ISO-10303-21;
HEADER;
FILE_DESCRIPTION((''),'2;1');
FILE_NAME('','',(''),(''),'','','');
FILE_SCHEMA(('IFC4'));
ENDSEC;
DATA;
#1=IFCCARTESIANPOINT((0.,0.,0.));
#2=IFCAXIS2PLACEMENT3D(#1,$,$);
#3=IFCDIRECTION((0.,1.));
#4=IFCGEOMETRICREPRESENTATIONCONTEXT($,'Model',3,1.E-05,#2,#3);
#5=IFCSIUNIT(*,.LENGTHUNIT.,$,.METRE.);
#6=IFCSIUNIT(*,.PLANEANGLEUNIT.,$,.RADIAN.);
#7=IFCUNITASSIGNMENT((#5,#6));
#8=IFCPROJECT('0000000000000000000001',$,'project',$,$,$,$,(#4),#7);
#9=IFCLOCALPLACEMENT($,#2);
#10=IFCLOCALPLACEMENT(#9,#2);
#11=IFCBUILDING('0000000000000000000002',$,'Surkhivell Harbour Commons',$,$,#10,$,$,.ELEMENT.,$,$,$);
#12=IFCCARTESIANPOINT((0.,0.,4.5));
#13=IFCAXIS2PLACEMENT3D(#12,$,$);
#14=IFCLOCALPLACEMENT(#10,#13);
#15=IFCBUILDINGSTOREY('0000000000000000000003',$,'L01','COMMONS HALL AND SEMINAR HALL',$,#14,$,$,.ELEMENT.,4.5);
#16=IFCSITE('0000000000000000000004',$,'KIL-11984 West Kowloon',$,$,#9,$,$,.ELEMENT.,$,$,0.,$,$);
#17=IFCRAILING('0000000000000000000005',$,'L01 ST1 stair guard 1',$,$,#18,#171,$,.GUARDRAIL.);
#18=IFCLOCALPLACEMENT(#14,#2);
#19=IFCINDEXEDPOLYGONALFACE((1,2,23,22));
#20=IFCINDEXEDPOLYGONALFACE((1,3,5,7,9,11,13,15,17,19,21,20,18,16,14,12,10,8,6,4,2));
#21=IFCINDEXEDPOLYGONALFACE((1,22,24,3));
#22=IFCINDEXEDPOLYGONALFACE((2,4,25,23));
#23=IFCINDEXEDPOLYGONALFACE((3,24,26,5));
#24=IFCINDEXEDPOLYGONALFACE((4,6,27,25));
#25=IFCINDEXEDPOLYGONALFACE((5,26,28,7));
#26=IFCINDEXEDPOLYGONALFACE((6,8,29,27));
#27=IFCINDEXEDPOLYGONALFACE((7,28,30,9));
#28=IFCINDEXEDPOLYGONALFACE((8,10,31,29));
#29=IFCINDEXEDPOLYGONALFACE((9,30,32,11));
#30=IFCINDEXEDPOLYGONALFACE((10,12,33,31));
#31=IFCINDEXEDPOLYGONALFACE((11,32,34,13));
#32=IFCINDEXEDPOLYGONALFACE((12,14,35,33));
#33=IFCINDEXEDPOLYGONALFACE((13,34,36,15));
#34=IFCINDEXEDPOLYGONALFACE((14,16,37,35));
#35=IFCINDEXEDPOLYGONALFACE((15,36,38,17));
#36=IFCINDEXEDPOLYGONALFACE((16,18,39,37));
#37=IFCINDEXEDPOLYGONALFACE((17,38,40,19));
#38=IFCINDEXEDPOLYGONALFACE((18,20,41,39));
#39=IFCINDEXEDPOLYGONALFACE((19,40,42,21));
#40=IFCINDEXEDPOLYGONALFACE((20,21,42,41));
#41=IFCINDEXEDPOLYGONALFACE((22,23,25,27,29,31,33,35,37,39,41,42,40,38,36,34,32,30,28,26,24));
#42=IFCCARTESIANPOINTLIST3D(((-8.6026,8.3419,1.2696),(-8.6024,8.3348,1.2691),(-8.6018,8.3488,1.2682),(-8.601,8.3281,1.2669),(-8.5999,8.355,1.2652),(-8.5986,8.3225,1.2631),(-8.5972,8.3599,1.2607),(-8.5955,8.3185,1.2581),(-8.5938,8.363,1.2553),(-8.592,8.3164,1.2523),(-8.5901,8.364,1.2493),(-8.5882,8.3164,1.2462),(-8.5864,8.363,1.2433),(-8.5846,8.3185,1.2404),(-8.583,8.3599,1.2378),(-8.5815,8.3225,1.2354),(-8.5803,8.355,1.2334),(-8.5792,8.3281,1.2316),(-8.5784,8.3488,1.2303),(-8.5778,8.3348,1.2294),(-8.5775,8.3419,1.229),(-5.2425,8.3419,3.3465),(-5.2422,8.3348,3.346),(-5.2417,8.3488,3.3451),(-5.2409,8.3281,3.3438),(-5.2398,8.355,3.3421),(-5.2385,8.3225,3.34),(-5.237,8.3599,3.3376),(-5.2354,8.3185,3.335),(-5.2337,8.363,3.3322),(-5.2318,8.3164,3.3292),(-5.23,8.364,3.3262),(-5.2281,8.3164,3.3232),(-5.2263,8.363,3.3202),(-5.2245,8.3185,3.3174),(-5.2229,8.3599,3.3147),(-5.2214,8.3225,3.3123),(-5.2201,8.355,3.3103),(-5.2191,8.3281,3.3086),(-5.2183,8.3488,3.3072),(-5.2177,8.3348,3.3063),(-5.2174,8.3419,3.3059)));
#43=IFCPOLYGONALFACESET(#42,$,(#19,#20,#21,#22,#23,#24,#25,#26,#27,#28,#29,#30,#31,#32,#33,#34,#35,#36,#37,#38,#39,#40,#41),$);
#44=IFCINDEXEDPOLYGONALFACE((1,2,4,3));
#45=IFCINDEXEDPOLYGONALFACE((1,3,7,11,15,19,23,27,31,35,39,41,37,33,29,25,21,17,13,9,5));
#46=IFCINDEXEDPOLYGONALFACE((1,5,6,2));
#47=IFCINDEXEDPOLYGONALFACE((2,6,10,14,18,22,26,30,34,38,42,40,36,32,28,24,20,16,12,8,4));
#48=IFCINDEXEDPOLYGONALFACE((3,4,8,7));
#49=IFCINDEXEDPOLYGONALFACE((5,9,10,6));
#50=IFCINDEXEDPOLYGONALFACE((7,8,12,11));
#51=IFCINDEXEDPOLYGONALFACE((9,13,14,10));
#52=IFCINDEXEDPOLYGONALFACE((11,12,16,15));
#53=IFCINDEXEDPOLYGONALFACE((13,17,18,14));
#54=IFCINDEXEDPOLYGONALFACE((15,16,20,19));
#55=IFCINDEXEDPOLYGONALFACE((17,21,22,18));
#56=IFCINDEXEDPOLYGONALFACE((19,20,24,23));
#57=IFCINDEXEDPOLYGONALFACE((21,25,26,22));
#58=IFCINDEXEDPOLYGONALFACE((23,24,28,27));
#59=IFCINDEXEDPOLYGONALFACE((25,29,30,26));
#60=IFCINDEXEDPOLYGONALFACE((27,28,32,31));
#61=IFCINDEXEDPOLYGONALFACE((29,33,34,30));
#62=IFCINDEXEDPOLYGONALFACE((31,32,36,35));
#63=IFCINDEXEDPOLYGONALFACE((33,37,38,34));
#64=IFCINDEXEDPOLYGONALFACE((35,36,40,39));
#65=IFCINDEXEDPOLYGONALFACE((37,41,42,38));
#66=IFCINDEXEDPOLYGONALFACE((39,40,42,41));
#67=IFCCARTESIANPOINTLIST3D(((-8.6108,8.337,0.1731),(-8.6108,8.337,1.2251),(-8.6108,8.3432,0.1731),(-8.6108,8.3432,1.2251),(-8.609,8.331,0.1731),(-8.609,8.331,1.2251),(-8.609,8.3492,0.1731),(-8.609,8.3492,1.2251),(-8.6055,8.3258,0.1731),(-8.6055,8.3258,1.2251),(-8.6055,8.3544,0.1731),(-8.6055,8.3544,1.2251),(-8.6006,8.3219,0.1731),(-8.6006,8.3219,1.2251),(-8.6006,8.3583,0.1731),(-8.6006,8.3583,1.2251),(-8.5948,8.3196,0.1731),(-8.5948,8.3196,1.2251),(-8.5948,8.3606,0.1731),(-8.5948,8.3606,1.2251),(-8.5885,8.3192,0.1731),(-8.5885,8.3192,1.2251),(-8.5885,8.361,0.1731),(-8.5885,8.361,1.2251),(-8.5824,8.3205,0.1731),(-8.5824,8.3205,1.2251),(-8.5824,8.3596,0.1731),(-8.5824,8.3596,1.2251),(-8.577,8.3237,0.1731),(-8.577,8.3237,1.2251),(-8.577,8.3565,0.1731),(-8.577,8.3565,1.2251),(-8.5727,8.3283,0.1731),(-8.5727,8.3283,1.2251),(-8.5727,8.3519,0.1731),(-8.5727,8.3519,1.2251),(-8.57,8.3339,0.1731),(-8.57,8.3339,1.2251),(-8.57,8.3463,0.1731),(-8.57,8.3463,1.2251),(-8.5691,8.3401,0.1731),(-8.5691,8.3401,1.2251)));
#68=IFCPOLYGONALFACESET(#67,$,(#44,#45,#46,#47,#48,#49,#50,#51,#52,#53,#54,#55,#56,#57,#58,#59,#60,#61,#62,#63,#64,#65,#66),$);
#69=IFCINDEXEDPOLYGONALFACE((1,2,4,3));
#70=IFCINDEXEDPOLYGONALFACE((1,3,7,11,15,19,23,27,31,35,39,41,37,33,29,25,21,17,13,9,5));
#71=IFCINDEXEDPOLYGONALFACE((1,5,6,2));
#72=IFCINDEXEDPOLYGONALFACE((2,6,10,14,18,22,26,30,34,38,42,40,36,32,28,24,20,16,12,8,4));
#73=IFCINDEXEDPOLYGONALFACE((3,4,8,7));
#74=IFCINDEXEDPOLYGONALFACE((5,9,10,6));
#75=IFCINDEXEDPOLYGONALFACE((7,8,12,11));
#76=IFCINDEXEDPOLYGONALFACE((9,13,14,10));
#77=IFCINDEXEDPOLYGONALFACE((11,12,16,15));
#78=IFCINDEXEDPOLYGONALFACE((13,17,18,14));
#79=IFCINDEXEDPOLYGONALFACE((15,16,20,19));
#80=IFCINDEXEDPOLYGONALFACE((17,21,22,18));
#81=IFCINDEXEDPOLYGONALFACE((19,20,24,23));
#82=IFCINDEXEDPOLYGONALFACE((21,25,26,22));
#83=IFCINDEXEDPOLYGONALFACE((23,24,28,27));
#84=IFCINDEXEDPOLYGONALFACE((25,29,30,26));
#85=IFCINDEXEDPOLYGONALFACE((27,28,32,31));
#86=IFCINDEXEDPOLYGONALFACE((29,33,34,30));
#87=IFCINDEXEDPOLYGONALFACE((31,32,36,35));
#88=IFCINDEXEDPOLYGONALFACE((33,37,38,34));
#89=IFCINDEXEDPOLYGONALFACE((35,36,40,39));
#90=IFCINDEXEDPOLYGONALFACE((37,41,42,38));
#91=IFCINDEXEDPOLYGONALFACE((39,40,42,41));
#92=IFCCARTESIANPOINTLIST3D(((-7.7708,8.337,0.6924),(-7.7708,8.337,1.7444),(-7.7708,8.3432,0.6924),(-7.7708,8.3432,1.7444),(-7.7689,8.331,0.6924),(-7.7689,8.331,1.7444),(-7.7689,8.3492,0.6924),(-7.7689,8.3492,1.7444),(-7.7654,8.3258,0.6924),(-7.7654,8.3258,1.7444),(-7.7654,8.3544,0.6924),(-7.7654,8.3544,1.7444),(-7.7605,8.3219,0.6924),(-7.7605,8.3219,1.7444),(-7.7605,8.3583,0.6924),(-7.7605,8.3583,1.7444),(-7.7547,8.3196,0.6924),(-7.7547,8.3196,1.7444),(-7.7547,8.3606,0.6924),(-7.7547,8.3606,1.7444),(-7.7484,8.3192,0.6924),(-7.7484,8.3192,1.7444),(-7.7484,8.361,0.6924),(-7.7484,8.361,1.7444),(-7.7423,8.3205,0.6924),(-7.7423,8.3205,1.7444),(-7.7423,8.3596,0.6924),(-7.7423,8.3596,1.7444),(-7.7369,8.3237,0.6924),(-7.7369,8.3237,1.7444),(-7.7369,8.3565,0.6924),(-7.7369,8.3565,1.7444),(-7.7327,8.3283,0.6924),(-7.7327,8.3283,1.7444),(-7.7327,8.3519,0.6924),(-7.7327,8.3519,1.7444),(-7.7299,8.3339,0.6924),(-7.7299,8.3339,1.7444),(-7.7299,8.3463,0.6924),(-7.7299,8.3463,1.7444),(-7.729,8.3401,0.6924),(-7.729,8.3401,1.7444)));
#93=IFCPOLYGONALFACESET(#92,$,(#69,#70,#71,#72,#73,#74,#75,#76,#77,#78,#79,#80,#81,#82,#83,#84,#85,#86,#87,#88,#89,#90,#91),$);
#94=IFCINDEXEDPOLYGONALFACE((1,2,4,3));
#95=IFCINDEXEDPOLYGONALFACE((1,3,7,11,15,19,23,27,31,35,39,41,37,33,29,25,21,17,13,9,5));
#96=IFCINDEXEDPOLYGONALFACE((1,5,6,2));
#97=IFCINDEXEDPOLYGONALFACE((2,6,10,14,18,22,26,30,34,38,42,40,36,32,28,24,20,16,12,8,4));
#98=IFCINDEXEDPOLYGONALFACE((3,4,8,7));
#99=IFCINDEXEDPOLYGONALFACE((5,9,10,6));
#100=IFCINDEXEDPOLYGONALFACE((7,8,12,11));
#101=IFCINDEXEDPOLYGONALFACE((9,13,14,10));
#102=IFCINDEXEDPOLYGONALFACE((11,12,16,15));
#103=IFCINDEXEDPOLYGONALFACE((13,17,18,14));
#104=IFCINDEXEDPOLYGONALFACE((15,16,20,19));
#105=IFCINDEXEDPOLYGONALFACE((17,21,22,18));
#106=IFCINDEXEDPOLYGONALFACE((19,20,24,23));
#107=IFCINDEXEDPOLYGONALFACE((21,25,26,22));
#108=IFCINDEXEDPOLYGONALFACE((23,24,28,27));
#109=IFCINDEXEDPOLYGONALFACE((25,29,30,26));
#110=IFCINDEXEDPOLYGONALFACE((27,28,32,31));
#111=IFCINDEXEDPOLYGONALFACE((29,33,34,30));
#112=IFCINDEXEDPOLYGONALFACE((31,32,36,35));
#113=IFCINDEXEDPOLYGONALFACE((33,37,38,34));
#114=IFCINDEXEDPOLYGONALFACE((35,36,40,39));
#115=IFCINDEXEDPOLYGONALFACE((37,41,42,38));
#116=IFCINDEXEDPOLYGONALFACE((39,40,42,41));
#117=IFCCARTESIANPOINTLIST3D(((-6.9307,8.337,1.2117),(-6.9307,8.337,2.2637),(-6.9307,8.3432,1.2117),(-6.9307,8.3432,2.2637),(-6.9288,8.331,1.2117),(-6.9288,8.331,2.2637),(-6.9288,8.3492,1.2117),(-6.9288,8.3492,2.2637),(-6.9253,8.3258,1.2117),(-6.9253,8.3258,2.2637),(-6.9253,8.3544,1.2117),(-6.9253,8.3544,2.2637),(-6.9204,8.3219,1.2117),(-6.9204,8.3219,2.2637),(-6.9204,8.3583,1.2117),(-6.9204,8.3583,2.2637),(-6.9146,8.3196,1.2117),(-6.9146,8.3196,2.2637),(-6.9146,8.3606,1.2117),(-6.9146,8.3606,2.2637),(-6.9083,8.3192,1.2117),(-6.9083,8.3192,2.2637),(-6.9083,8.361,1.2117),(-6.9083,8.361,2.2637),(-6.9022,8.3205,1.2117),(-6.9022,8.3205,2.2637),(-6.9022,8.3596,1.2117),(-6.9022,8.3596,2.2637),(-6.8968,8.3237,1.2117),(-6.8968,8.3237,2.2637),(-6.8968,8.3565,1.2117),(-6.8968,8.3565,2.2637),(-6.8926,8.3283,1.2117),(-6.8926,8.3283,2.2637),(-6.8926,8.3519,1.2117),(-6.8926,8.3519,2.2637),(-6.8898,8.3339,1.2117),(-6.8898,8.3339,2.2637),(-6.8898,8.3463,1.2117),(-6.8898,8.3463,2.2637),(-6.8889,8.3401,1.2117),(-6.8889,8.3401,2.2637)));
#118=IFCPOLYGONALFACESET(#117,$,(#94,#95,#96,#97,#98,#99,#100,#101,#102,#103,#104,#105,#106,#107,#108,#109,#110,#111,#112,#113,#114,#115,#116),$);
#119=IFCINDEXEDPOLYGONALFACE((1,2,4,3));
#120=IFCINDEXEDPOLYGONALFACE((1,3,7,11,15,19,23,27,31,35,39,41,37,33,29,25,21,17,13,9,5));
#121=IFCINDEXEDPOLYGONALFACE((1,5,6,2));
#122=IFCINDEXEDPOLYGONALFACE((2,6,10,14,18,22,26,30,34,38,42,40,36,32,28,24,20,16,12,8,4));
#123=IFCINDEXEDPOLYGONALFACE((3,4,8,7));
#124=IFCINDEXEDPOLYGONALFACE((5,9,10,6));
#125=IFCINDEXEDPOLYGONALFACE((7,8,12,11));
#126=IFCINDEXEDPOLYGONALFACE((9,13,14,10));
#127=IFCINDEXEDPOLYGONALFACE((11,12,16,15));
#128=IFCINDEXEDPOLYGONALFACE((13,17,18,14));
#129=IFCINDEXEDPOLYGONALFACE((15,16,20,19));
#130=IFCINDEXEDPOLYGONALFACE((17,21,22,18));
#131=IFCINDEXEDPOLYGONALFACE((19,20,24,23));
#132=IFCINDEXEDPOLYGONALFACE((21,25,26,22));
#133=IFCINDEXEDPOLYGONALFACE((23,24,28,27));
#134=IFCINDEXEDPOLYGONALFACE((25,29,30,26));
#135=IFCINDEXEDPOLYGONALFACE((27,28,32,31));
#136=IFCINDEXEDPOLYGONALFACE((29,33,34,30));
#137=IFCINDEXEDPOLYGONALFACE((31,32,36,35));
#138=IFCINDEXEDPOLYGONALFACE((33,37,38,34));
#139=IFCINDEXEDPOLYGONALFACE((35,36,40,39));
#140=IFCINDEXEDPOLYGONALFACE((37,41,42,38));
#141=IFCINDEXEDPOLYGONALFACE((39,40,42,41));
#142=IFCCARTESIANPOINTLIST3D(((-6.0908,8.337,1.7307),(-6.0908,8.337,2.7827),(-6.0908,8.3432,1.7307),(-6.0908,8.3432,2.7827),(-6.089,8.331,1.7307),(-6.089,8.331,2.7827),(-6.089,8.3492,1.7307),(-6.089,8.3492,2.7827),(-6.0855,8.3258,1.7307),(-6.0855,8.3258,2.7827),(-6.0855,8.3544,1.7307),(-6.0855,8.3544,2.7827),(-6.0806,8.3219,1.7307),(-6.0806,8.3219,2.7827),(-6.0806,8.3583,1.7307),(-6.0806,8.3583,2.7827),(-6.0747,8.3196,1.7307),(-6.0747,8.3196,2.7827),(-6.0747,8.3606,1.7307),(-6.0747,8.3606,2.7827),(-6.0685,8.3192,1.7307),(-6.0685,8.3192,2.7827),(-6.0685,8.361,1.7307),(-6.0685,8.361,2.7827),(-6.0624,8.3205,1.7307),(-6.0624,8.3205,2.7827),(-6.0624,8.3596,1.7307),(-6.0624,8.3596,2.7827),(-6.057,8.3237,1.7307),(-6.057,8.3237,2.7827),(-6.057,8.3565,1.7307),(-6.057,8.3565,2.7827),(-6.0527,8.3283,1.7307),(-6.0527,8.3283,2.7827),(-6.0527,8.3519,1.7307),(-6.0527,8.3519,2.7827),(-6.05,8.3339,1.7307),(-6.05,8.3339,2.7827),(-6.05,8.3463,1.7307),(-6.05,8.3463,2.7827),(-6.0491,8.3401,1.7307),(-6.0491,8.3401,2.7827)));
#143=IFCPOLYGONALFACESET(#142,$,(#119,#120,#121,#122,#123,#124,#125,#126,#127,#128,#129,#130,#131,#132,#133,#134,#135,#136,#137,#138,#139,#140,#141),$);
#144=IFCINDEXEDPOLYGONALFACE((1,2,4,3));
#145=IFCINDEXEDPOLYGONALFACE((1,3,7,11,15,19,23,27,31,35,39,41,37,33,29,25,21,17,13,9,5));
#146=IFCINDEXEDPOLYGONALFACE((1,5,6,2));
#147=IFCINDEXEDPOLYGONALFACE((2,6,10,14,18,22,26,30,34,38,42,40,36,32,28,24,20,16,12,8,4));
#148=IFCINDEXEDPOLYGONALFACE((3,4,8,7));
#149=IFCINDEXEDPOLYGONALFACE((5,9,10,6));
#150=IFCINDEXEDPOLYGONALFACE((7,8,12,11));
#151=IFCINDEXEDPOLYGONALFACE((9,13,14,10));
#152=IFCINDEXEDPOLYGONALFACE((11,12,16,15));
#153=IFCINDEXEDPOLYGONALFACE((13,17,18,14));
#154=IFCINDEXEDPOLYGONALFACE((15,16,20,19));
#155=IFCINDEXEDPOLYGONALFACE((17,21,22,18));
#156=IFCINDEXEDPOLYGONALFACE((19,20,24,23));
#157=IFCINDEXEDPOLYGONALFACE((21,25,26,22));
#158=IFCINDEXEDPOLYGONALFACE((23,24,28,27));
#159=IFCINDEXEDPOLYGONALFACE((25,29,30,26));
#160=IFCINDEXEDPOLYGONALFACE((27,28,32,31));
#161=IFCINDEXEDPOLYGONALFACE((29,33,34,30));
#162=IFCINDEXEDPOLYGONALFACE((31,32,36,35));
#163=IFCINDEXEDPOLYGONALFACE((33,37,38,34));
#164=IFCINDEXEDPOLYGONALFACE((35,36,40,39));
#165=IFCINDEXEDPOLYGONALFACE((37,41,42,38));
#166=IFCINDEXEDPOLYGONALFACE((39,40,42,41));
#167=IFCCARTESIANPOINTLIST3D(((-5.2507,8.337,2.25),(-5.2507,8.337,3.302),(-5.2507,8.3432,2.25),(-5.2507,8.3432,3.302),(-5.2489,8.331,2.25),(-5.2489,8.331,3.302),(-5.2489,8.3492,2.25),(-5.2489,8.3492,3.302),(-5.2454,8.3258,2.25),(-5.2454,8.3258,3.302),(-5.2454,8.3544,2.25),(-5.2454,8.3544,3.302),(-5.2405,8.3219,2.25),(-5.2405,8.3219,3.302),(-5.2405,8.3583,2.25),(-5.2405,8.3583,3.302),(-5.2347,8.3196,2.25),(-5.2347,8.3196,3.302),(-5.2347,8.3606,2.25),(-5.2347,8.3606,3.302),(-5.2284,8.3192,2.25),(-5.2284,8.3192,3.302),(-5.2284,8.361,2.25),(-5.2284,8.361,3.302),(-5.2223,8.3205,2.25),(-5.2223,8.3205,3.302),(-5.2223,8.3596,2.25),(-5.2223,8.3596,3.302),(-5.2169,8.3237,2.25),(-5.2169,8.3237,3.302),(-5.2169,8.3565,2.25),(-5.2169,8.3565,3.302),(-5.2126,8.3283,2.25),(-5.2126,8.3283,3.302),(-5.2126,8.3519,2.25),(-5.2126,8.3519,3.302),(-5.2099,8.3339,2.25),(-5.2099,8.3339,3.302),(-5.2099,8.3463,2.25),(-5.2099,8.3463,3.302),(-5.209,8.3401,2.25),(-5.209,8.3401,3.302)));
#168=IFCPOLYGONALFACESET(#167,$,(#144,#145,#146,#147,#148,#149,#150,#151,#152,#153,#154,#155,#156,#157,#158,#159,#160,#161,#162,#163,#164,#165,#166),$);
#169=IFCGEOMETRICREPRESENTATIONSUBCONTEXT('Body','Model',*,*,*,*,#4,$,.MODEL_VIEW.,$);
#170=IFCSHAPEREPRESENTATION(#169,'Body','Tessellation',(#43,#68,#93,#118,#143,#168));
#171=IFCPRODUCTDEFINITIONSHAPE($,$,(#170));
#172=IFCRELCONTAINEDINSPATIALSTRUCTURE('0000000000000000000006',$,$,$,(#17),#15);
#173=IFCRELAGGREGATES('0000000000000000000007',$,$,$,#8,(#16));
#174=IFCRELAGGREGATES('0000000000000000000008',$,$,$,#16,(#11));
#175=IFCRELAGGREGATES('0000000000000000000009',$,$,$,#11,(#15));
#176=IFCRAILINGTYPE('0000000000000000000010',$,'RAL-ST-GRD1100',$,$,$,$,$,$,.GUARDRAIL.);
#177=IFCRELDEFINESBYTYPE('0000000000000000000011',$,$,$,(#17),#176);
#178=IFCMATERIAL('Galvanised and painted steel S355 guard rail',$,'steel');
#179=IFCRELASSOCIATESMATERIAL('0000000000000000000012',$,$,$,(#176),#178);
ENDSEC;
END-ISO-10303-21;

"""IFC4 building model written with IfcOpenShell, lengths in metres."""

from ifc_helpers import new_model, si_unit, direction, frame, origin, origin_2d, place, context, subcontext, project, spatial, circle, extrude, material, type_object, element, save


model = new_model("IFC4")

# Units and contexts
model_context = context("Model", 3, precision=1e-05, world=origin(), true_north=direction((0.0, 1.0)))
body_context = subcontext(model_context, "Body", "Model", "MODEL_VIEW")
ifc_project = project(units=[si_unit("LENGTHUNIT", "METRE"), si_unit("PLANEANGLEUNIT", "RADIAN")], contexts=[model_context])

# Site, building, storey
site_placement = place(None, origin())
site = spatial("IfcSite", under=ifc_project, at=site_placement, Name="KIL-11984 West Kowloon", CompositionType="ELEMENT", RefElevation=0.0)
building_placement = place(site_placement, origin())
building = spatial("IfcBuilding", under=site, at=building_placement, Name="Surkhivell Harbour Commons", CompositionType="ELEMENT")
storey_placement = place(building_placement, frame((0.0, 0.0, 4.5)))
storey = spatial("IfcBuildingStorey", under=building, at=storey_placement, Name="L01", Description="COMMONS HALL AND SEMINAR HALL", CompositionType="ELEMENT", Elevation=4.5)

# Railing
ifc_material_1 = material(Name="Galvanised and painted steel S355 guard rail", Category="steel")
railing_type_1 = type_object("IfcRailingType", Name="RAL-ST-GRD1100", PredefinedType="GUARDRAIL", material=ifc_material_1)
railing_1_placement = place(storey_placement, frame((-8.5901, 8.3401, 0.1731)))
element("IfcRailing", 1, at=railing_1_placement, inside=storey, type_object=railing_type_1, Name="L01 ST1 stair guard 1", PredefinedType="GUARDRAIL", context=body_context, shape_type="SweptSolid", body=[
    extrude(circle(Radius=0.0239, at=origin_2d()), frame((0.0, 0.0, 1.0762), z_axis=(0.850623, 0.0, 0.525776), x_axis=(0.0, 1.0, 0.0)), (0.0, 0.0, 1.0), 3.9502),
    extrude(circle(Radius=0.021, at=origin_2d()), origin(), (0.0, 0.0, 1.0), 1.052),
    extrude(circle(Radius=0.021, at=origin_2d()), frame((0.8401, 0.0, 0.5193)), (0.0, 0.0, 1.0), 1.052),
    extrude(circle(Radius=0.021, at=origin_2d()), frame((1.6802, 0.0, 1.0386)), (0.0, 0.0, 1.0), 1.052),
    extrude(circle(Radius=0.021, at=origin_2d()), frame((2.52, 0.0, 1.5576)), (0.0, 0.0, 1.0), 1.052),
    extrude(circle(Radius=0.021, at=origin_2d()), frame((3.3601, 0.0, 2.0769)), (0.0, 0.0, 1.0), 1.052),
])

save(model, "model.ifc")
